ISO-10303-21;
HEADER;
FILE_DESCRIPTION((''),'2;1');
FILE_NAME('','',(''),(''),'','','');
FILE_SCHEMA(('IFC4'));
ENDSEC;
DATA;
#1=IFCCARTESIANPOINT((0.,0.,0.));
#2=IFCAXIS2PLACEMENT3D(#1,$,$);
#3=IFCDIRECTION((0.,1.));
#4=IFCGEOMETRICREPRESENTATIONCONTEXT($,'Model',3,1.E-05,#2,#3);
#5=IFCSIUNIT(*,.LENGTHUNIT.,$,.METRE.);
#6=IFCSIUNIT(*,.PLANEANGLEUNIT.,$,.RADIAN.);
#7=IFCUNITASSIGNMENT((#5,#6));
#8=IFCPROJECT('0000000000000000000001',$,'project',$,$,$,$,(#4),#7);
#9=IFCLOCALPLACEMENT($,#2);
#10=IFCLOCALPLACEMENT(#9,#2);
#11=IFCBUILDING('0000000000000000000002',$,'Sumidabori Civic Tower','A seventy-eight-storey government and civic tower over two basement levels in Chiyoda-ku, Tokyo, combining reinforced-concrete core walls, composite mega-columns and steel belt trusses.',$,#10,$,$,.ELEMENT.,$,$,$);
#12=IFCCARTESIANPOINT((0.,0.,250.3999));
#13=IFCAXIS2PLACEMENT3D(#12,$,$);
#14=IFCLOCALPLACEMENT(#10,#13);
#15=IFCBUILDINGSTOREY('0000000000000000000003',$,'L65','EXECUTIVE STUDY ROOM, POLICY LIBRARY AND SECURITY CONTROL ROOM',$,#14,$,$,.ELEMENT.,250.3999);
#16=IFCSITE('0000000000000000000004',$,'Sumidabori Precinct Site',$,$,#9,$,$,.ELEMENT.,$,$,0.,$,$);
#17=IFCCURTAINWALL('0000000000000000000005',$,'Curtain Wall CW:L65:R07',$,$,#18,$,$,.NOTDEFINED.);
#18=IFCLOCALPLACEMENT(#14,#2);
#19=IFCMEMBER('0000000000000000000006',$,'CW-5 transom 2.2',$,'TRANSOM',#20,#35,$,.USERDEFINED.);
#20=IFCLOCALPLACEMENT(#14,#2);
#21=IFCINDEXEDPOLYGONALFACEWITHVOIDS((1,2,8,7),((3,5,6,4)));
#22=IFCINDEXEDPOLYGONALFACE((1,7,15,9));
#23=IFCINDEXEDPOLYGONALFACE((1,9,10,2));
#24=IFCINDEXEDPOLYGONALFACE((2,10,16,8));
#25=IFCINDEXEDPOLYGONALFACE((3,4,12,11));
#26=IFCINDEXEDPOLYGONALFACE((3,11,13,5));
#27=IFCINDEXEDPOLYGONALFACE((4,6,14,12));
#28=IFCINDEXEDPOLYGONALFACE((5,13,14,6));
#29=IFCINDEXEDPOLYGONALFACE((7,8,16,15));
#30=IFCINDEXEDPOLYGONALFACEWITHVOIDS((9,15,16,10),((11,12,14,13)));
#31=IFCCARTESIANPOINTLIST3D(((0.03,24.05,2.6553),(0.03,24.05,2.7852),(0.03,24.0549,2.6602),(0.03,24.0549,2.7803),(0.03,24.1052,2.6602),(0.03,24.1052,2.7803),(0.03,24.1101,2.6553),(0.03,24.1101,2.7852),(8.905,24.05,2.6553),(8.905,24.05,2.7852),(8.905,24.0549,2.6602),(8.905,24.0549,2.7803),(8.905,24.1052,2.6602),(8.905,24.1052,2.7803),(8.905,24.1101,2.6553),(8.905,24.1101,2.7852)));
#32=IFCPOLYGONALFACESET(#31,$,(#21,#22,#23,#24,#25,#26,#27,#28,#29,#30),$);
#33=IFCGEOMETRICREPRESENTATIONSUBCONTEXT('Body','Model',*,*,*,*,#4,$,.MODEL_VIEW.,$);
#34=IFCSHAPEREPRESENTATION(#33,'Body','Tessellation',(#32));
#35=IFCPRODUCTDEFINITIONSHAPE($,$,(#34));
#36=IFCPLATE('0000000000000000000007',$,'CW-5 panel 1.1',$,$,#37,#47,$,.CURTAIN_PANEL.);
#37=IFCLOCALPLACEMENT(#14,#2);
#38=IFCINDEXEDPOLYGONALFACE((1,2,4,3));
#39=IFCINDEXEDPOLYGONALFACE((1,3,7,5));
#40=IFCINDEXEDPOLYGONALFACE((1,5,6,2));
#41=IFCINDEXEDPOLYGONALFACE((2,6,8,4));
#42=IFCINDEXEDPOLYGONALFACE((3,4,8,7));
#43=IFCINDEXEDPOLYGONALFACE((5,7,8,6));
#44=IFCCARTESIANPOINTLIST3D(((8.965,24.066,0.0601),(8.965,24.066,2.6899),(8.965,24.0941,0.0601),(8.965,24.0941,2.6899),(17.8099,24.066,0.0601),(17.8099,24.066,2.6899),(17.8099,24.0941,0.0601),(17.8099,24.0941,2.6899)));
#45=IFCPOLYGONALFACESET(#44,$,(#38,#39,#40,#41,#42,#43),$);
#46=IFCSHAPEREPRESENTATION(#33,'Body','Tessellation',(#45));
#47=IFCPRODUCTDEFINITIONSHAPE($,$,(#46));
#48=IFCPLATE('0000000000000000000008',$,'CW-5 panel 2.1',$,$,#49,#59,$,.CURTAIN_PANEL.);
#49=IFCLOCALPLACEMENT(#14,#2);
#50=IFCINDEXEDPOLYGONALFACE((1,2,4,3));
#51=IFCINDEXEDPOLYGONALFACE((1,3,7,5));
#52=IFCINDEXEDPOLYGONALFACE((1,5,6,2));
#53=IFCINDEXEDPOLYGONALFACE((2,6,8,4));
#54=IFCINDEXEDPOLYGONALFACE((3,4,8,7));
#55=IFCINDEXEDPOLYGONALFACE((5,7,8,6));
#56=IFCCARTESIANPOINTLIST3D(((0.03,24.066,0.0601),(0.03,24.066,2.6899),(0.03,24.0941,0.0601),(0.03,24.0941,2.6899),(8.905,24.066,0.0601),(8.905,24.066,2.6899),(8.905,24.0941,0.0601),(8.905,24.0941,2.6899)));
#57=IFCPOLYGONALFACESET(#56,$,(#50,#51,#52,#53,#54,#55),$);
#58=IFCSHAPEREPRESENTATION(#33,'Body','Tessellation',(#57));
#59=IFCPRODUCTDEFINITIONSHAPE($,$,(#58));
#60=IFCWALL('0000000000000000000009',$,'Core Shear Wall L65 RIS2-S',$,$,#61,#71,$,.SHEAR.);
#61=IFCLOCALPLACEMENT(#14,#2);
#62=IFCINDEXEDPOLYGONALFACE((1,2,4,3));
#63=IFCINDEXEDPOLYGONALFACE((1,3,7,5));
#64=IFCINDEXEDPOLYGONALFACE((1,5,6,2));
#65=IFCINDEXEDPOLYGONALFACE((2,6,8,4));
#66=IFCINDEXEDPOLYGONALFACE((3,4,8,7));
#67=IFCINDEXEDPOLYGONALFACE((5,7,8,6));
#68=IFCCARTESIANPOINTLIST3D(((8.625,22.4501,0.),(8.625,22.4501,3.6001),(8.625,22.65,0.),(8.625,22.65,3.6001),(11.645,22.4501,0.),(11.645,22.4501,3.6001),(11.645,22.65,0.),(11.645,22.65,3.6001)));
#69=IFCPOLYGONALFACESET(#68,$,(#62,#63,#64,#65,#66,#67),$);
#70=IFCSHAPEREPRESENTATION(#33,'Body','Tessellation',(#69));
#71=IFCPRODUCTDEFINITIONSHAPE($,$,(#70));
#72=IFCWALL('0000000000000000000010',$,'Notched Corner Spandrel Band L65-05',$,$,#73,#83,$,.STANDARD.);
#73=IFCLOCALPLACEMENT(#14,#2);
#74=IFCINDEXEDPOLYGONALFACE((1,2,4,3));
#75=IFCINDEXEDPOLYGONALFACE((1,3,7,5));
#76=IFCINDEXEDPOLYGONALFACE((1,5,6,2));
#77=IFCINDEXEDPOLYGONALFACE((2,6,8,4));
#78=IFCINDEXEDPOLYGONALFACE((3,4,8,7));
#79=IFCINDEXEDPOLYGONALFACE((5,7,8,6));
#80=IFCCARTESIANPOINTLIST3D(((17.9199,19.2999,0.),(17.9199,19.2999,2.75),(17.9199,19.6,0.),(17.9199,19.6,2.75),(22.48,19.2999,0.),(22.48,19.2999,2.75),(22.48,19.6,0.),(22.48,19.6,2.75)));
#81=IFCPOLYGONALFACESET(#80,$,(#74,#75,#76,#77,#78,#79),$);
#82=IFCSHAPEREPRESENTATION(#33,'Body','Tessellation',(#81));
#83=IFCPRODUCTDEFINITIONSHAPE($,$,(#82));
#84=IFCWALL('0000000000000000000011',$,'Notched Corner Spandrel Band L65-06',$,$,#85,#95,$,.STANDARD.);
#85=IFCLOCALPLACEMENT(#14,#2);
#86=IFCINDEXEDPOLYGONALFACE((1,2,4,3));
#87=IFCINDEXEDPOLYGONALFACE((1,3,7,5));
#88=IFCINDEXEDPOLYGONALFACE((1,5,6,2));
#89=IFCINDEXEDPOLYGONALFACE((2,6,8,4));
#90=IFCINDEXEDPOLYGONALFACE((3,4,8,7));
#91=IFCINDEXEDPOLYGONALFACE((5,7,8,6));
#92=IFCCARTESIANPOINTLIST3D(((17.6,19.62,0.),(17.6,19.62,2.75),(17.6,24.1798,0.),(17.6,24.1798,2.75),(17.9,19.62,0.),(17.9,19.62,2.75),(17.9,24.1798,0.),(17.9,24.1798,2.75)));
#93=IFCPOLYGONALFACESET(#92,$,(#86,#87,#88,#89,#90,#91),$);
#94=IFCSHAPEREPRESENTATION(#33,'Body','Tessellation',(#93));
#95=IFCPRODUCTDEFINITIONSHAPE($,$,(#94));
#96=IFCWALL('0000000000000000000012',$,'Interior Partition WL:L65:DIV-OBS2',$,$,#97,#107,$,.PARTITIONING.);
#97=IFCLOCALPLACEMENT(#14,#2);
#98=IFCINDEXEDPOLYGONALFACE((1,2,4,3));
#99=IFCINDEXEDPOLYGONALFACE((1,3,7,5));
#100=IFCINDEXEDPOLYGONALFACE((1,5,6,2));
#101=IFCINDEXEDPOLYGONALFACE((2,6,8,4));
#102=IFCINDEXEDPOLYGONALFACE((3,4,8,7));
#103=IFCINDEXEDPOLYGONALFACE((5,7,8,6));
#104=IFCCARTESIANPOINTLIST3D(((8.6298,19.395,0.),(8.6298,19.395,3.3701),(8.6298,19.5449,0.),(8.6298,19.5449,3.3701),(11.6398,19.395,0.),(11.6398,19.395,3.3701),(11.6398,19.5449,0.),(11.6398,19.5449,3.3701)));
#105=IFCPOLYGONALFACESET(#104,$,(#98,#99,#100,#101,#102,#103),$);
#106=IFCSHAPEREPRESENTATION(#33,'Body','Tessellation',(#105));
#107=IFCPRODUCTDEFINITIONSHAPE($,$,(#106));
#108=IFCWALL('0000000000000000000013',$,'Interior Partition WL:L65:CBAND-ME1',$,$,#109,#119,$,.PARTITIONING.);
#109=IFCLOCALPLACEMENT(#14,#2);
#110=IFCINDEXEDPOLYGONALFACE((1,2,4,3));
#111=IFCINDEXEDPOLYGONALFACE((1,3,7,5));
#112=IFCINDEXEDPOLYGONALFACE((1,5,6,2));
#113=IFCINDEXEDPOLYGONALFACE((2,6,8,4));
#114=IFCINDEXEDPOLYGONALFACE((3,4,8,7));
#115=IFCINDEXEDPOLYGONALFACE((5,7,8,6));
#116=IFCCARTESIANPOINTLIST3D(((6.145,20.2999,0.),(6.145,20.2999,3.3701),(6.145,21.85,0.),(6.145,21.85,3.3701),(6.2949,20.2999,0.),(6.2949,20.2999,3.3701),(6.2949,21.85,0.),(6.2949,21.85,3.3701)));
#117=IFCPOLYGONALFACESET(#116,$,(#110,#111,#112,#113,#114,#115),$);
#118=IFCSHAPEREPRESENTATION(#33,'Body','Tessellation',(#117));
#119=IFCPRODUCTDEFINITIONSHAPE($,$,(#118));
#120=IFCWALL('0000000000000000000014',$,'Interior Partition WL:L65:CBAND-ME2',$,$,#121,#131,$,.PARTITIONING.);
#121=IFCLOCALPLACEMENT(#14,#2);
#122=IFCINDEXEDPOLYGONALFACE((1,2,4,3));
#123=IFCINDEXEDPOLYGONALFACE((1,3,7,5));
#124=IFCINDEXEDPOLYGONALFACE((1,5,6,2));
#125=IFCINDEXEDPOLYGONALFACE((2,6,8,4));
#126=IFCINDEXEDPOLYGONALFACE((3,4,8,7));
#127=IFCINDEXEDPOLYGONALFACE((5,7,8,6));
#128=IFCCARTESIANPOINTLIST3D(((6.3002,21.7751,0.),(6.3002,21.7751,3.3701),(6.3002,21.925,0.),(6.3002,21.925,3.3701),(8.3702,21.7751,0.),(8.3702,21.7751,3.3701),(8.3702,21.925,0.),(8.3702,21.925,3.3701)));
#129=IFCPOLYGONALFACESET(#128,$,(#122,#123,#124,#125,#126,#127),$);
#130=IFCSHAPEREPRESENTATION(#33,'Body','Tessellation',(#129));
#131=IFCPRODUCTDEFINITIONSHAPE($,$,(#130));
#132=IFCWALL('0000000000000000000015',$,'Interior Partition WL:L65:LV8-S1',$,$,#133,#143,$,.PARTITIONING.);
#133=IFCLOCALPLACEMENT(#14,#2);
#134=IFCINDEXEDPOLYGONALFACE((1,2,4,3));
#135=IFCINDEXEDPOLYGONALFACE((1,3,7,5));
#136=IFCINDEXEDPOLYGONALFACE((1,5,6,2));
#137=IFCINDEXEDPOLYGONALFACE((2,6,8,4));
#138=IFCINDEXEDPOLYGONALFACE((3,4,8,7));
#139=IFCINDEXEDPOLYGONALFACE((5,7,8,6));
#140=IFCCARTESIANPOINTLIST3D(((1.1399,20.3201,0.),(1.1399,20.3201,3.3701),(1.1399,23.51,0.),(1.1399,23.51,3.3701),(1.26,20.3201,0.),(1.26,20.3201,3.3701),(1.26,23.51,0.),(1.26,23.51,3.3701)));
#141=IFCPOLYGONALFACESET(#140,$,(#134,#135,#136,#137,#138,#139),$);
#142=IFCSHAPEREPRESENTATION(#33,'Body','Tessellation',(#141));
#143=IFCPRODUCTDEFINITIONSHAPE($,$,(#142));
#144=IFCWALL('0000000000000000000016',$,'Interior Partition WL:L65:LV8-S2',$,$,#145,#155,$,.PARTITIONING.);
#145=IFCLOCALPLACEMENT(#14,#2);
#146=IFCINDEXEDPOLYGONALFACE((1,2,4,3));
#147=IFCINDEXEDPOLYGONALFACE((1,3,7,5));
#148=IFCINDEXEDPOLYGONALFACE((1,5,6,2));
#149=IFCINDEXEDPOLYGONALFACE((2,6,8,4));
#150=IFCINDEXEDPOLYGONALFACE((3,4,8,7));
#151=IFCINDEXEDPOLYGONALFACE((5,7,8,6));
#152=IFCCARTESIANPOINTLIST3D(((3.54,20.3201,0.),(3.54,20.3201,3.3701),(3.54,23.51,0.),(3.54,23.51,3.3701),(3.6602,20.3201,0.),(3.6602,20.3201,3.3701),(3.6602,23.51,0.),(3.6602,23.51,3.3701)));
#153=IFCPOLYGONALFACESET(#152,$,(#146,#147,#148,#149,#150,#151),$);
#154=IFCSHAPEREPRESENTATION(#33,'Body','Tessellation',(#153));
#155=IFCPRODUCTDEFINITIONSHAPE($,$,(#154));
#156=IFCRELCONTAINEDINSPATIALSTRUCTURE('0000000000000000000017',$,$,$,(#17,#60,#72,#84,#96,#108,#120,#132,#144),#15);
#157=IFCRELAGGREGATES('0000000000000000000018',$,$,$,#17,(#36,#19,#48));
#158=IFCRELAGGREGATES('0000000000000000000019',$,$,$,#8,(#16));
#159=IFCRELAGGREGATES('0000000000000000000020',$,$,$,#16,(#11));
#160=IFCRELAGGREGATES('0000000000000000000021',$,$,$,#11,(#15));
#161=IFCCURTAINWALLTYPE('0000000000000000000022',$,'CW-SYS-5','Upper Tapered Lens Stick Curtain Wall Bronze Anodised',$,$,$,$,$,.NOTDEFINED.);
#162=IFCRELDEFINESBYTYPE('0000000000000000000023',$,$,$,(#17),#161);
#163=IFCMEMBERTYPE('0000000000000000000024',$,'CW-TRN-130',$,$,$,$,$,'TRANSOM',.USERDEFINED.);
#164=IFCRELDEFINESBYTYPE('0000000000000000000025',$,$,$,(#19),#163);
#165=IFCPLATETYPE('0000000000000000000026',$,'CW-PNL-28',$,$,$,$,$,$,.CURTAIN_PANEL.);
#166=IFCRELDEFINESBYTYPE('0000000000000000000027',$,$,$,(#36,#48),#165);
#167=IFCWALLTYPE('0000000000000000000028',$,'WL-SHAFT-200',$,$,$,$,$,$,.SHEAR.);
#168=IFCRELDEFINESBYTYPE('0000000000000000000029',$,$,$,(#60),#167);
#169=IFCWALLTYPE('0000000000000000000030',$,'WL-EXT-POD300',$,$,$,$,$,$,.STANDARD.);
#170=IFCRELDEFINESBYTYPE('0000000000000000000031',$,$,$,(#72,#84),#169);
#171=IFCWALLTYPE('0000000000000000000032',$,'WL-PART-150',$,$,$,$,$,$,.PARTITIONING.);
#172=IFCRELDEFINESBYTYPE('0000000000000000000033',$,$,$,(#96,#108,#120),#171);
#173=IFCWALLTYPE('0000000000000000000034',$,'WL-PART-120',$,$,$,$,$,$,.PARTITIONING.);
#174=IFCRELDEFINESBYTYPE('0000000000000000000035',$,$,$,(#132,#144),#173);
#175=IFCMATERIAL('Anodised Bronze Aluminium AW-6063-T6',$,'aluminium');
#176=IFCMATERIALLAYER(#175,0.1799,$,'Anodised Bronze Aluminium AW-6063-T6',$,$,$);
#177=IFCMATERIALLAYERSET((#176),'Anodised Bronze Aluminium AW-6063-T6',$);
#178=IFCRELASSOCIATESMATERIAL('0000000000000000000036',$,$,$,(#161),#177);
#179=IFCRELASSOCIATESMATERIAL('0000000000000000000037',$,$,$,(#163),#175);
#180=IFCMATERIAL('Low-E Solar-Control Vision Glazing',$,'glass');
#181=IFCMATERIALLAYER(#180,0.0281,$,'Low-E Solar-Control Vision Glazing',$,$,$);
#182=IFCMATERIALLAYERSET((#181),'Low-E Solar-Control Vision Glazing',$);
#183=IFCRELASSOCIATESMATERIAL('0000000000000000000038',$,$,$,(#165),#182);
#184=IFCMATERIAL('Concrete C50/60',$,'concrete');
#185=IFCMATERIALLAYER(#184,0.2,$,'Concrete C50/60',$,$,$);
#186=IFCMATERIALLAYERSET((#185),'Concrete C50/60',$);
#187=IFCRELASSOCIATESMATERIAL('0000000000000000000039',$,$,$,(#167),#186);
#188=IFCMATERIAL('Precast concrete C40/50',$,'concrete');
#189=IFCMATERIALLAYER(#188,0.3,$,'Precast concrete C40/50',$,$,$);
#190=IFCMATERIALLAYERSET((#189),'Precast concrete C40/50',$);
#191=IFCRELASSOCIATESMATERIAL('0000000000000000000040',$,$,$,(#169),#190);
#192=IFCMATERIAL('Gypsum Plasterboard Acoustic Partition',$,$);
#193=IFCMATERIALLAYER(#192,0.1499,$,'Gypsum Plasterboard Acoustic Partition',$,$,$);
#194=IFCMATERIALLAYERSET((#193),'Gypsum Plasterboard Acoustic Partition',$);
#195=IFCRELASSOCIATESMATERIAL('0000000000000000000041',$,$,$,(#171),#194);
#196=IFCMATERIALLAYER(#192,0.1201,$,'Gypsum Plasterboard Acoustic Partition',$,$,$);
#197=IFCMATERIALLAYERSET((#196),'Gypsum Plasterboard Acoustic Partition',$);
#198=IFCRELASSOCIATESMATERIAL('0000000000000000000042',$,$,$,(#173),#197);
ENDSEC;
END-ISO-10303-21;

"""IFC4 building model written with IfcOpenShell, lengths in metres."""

from ifc_helpers import new_model, si_unit, direction, frame, frame_2d, origin, origin_2d, place, context, subcontext, project, spatial, rectangle, hollow_rectangle, extrude, source, transform, mapped, material, layer, layer_set, material_profile, profile_set, type_object, element, aggregate, save


model = new_model("IFC4")

# Units and contexts
model_context = context("Model", 3, precision=1e-05, world=origin(), true_north=direction((0.0, 1.0)))
body_context = subcontext(model_context, "Body", "Model", "MODEL_VIEW")
ifc_project = project(units=[si_unit("LENGTHUNIT", "METRE"), si_unit("PLANEANGLEUNIT", "RADIAN")], contexts=[model_context])

# Site, building, storey
site_placement = place(None, origin())
site = spatial("IfcSite", under=ifc_project, at=site_placement, Name="Sumidabori Precinct Site", CompositionType="ELEMENT", RefElevation=0.0)
building_placement = place(site_placement, origin())
building = spatial("IfcBuilding", under=site, at=building_placement, Name="Sumidabori Civic Tower", Description="A seventy-eight-storey government and civic tower over two basement levels in Chiyoda-ku, Tokyo, combining reinforced-concrete core walls, composite mega-columns and steel belt trusses.", CompositionType="ELEMENT")
storey_placement = place(building_placement, frame((0.0, 0.0, 250.3999)))
storey = spatial("IfcBuildingStorey", under=building, at=storey_placement, Name="L65", Description="EXECUTIVE STUDY ROOM, POLICY LIBRARY AND SECURITY CONTROL ROOM", CompositionType="ELEMENT", Elevation=250.3999)

# Shared definitions
ifc_material_1 = material(Name="Anodised Bronze Aluminium AW-6063-T6", Category="aluminium")
ifc_layer_1 = layer(ifc_material_1, 0.1799, Name="Anodised Bronze Aluminium AW-6063-T6")
ifc_layer_set_1 = layer_set([ifc_layer_1], Name="Anodised Bronze Aluminium AW-6063-T6")
curtain_wall_type = type_object("IfcCurtainWallType", Name="CW-SYS-5", Description="Upper Tapered Lens Stick Curtain Wall Bronze Anodised", PredefinedType="NOTDEFINED", material=ifc_layer_set_1)

# Curtain wall, member, plates
curtain_wall_1_placement = place(storey_placement, origin())
curtain_wall_1 = element("IfcCurtainWall", 1, at=curtain_wall_1_placement, inside=storey, type_object=curtain_wall_type, Name="Curtain Wall CW:L65:R07", PredefinedType="NOTDEFINED")
ifc_material_profile_1 = material_profile(ifc_material_1, hollow_rectangle(XDim=0.0601, YDim=0.1299, WallThickness=0.0049, at=origin_2d()), Name="ALU TRANSOM 130x60")
ifc_profile_set_1 = profile_set([ifc_material_profile_1], Name="Anodised Bronze Aluminium AW-6063-T6")
member_type_1 = type_object("IfcMemberType", Name="CW-TRN-130", ElementType="TRANSOM", PredefinedType="USERDEFINED", material=ifc_profile_set_1)
shared_shape_1 = source(origin(), body_context, "Body", "SweptSolid", [
    extrude(hollow_rectangle(XDim=0.0601, YDim=0.1299, WallThickness=0.0049, at=origin_2d()), origin(), (0.0, 0.0, 1.0), 8.875),
])
member_1_placement = place(storey_placement, frame((8.905, 24.0801, 2.7202), z_axis=(-1.0, 0.0, 0.0), x_axis=(0.0, -1.0, 0.0)))
member_1 = element("IfcMember", 2, at=member_1_placement, type_object=member_type_1, Name="CW-5 transom 2.2", ObjectType="TRANSOM", PredefinedType="USERDEFINED", context=body_context, shape_type="MappedRepresentation", body=[
    mapped(shared_shape_1, transform((0.0, 0.0, 0.0), x_axis=(1.0, 0.0, 0.0), y_axis=(0.0, 1.0, 0.0), z_axis=(0.0, 0.0, 1.0), scale=1.0)),
])
ifc_material_2 = material(Name="Low-E Solar-Control Vision Glazing", Category="glass")
ifc_layer_2 = layer(ifc_material_2, 0.0281, Name="Low-E Solar-Control Vision Glazing")
ifc_layer_set_2 = layer_set([ifc_layer_2], Name="Low-E Solar-Control Vision Glazing")
plate_type = type_object("IfcPlateType", Name="CW-PNL-28", PredefinedType="CURTAIN_PANEL", material=ifc_layer_set_2)
shared_shape_2 = source(origin(), body_context, "Body", "SweptSolid", [
    extrude(rectangle(XDim=8.845, YDim=0.0281, at=origin_2d()), origin(), (0.0, 0.0, 1.0), 2.6299),
])
plate_1_placement = place(storey_placement, frame((13.3875, 24.0801, 0.0601), z_axis=(0.0, 0.0, 1.0), x_axis=(-1.0, 0.0, 0.0)))
plate_1 = element("IfcPlate", 3, at=plate_1_placement, type_object=plate_type, Name="CW-5 panel 1.1", PredefinedType="CURTAIN_PANEL", context=body_context, shape_type="MappedRepresentation", body=[
    mapped(shared_shape_2, transform((0.0, 0.0, 0.0), x_axis=(1.0, 0.0, 0.0), y_axis=(0.0, 1.0, 0.0), z_axis=(0.0, 0.0, 1.0), scale=1.0)),
])
shared_shape_3 = source(origin(), body_context, "Body", "SweptSolid", [
    extrude(rectangle(XDim=8.875, YDim=0.0281, at=origin_2d()), origin(), (0.0, 0.0, 1.0), 2.6299),
])
plate_2_placement = place(storey_placement, frame((4.4675, 24.0801, 0.0601), z_axis=(0.0, 0.0, 1.0), x_axis=(-1.0, 0.0, 0.0)))
plate_2 = element("IfcPlate", 4, at=plate_2_placement, type_object=plate_type, Name="CW-5 panel 2.1", PredefinedType="CURTAIN_PANEL", context=body_context, shape_type="MappedRepresentation", body=[
    mapped(shared_shape_3, transform((0.0, 0.0, 0.0), x_axis=(1.0, 0.0, 0.0), y_axis=(0.0, 1.0, 0.0), z_axis=(0.0, 0.0, 1.0), scale=1.0)),
])
aggregate(curtain_wall_1, [plate_1, member_1, plate_2])

# Walls
ifc_material_3 = material(Name="Concrete C50/60", Category="concrete")
ifc_layer_3 = layer(ifc_material_3, 0.2, Name="Concrete C50/60")
ifc_layer_set_3 = layer_set([ifc_layer_3], Name="Concrete C50/60")
wall_type_1 = type_object("IfcWallType", Name="WL-SHAFT-200", PredefinedType="SHEAR", material=ifc_layer_set_3)
shared_shape_4 = source(origin(), body_context, "Body", "SweptSolid", [
    extrude(rectangle(XDim=3.02, YDim=0.2, at=frame_2d((1.51, 0.0))), origin(), (0.0, 0.0, 1.0), 3.6001),
])
wall_1_placement = place(storey_placement, frame((8.625, 22.55, 0.0), z_axis=(0.0, 0.0, 1.0), x_axis=(1.0, 0.0, 0.0)))
element("IfcWall", 5, at=wall_1_placement, inside=storey, type_object=wall_type_1, Name="Core Shear Wall L65 RIS2-S", PredefinedType="SHEAR", context=body_context, shape_type="MappedRepresentation", body=[
    mapped(shared_shape_4, transform((0.0, 0.0, 0.0), x_axis=(1.0, 0.0, 0.0), y_axis=(0.0, 1.0, 0.0), z_axis=(0.0, 0.0, 1.0), scale=1.0)),
])
ifc_material_4 = material(Name="Precast concrete C40/50", Category="concrete")
ifc_layer_4 = layer(ifc_material_4, 0.3, Name="Precast concrete C40/50")
ifc_layer_set_4 = layer_set([ifc_layer_4], Name="Precast concrete C40/50")
wall_type_2 = type_object("IfcWallType", Name="WL-EXT-POD300", PredefinedType="STANDARD", material=ifc_layer_set_4)
shared_shape_5 = source(origin(), body_context, "Body", "SweptSolid", [
    extrude(rectangle(XDim=4.5601, YDim=0.3, at=frame_2d((2.28, 0.0))), origin(), (0.0, 0.0, 1.0), 2.75),
])
wall_2_placement = place(storey_placement, frame((22.48, 19.45, 0.0), z_axis=(0.0, 0.0, 1.0), x_axis=(-1.0, 0.0, 0.0)))
element("IfcWall", 6, at=wall_2_placement, inside=storey, type_object=wall_type_2, Name="Notched Corner Spandrel Band L65-05", PredefinedType="STANDARD", context=body_context, shape_type="MappedRepresentation", body=[
    mapped(shared_shape_5, transform((0.0, 0.0, 0.0), x_axis=(1.0, 0.0, 0.0), y_axis=(0.0, 1.0, 0.0), z_axis=(0.0, 0.0, 1.0), scale=1.0)),
])
shared_shape_6 = source(origin(), body_context, "Body", "SweptSolid", [
    extrude(rectangle(XDim=4.5598, YDim=0.3, at=frame_2d((2.2798, 0.0))), origin(), (0.0, 0.0, 1.0), 2.75),
])
wall_3_placement = place(storey_placement, frame((17.75, 19.6201, 0.0), z_axis=(0.0, 0.0, 1.0), x_axis=(0.0, 1.0, 0.0)))
element("IfcWall", 7, at=wall_3_placement, inside=storey, type_object=wall_type_2, Name="Notched Corner Spandrel Band L65-06", PredefinedType="STANDARD", context=body_context, shape_type="MappedRepresentation", body=[
    mapped(shared_shape_6, transform((0.0, 0.0, 0.0), x_axis=(1.0, 0.0, 0.0), y_axis=(0.0, 1.0, 0.0), z_axis=(0.0, 0.0, 1.0), scale=1.0)),
])
ifc_material_5 = material(Name="Gypsum Plasterboard Acoustic Partition")
ifc_layer_5 = layer(ifc_material_5, 0.1499, Name="Gypsum Plasterboard Acoustic Partition")
ifc_layer_set_5 = layer_set([ifc_layer_5], Name="Gypsum Plasterboard Acoustic Partition")
wall_type_3 = type_object("IfcWallType", Name="WL-PART-150", PredefinedType="PARTITIONING", material=ifc_layer_set_5)
shared_shape_7 = source(origin(), body_context, "Body", "SweptSolid", [
    extrude(rectangle(XDim=3.01, YDim=0.1499, at=frame_2d((1.5049, 0.0))), origin(), (0.0, 0.0, 1.0), 3.3701),
])
wall_4_placement = place(storey_placement, frame((8.6299, 19.47, 0.0), z_axis=(0.0, 0.0, 1.0), x_axis=(1.0, 0.0, 0.0)))
element("IfcWall", 8, at=wall_4_placement, inside=storey, type_object=wall_type_3, Name="Interior Partition WL:L65:DIV-OBS2", PredefinedType="PARTITIONING", context=body_context, shape_type="MappedRepresentation", body=[
    mapped(shared_shape_7, transform((0.0, 0.0, 0.0), x_axis=(1.0, 0.0, 0.0), y_axis=(0.0, 1.0, 0.0), z_axis=(0.0, 0.0, 1.0), scale=1.0)),
])
shared_shape_8 = source(origin(), body_context, "Body", "SweptSolid", [
    extrude(rectangle(XDim=1.55, YDim=0.1499, at=frame_2d((0.7749, 0.0))), origin(), (0.0, 0.0, 1.0), 3.3701),
])
wall_5_placement = place(storey_placement, frame((6.22, 20.3, 0.0), z_axis=(0.0, 0.0, 1.0), x_axis=(0.0, 1.0, 0.0)))
element("IfcWall", 9, at=wall_5_placement, inside=storey, type_object=wall_type_3, Name="Interior Partition WL:L65:CBAND-ME1", PredefinedType="PARTITIONING", context=body_context, shape_type="MappedRepresentation", body=[
    mapped(shared_shape_8, transform((0.0, 0.0, 0.0), x_axis=(1.0, 0.0, 0.0), y_axis=(0.0, 1.0, 0.0), z_axis=(0.0, 0.0, 1.0), scale=1.0)),
])
shared_shape_9 = source(origin(), body_context, "Body", "SweptSolid", [
    extrude(rectangle(XDim=2.0701, YDim=0.1499, at=frame_2d((1.0352, 0.0))), origin(), (0.0, 0.0, 1.0), 3.3701),
])
wall_6_placement = place(storey_placement, frame((6.3, 21.8501, 0.0), z_axis=(0.0, 0.0, 1.0), x_axis=(1.0, 0.0, 0.0)))
element("IfcWall", 10, at=wall_6_placement, inside=storey, type_object=wall_type_3, Name="Interior Partition WL:L65:CBAND-ME2", PredefinedType="PARTITIONING", context=body_context, shape_type="MappedRepresentation", body=[
    mapped(shared_shape_9, transform((0.0, 0.0, 0.0), x_axis=(1.0, 0.0, 0.0), y_axis=(0.0, 1.0, 0.0), z_axis=(0.0, 0.0, 1.0), scale=1.0)),
])
ifc_layer_6 = layer(ifc_material_5, 0.1201, Name="Gypsum Plasterboard Acoustic Partition")
ifc_layer_set_6 = layer_set([ifc_layer_6], Name="Gypsum Plasterboard Acoustic Partition")
wall_type_4 = type_object("IfcWallType", Name="WL-PART-120", PredefinedType="PARTITIONING", material=ifc_layer_set_6)
shared_shape_10 = source(origin(), body_context, "Body", "SweptSolid", [
    extrude(rectangle(XDim=3.1899, YDim=0.1201, at=frame_2d((1.595, 0.0))), origin(), (0.0, 0.0, 1.0), 3.3701),
])
for number, where, z_axis, x_axis, name in (
    (11, (1.2, 20.3201, 0.0), (0.0, 0.0, 1.0), (0.0, 1.0, 0.0), "Interior Partition WL:L65:LV8-S1"),
    (12, (3.6001, 20.3201, 0.0), (0.0, 0.0, 1.0), (0.0, 1.0, 0.0), "Interior Partition WL:L65:LV8-S2"),
):
    element("IfcWall", number, at=place(storey_placement, frame(where, z_axis=z_axis, x_axis=x_axis)), inside=storey, type_object=wall_type_4, Name=name, PredefinedType="PARTITIONING", context=body_context, shape_type="MappedRepresentation", body=[
        mapped(shared_shape_10, transform((0.0, 0.0, 0.0), x_axis=(1.0, 0.0, 0.0), y_axis=(0.0, 1.0, 0.0), z_axis=(0.0, 0.0, 1.0), scale=1.0)),
    ])

save(model, "model.ifc")
